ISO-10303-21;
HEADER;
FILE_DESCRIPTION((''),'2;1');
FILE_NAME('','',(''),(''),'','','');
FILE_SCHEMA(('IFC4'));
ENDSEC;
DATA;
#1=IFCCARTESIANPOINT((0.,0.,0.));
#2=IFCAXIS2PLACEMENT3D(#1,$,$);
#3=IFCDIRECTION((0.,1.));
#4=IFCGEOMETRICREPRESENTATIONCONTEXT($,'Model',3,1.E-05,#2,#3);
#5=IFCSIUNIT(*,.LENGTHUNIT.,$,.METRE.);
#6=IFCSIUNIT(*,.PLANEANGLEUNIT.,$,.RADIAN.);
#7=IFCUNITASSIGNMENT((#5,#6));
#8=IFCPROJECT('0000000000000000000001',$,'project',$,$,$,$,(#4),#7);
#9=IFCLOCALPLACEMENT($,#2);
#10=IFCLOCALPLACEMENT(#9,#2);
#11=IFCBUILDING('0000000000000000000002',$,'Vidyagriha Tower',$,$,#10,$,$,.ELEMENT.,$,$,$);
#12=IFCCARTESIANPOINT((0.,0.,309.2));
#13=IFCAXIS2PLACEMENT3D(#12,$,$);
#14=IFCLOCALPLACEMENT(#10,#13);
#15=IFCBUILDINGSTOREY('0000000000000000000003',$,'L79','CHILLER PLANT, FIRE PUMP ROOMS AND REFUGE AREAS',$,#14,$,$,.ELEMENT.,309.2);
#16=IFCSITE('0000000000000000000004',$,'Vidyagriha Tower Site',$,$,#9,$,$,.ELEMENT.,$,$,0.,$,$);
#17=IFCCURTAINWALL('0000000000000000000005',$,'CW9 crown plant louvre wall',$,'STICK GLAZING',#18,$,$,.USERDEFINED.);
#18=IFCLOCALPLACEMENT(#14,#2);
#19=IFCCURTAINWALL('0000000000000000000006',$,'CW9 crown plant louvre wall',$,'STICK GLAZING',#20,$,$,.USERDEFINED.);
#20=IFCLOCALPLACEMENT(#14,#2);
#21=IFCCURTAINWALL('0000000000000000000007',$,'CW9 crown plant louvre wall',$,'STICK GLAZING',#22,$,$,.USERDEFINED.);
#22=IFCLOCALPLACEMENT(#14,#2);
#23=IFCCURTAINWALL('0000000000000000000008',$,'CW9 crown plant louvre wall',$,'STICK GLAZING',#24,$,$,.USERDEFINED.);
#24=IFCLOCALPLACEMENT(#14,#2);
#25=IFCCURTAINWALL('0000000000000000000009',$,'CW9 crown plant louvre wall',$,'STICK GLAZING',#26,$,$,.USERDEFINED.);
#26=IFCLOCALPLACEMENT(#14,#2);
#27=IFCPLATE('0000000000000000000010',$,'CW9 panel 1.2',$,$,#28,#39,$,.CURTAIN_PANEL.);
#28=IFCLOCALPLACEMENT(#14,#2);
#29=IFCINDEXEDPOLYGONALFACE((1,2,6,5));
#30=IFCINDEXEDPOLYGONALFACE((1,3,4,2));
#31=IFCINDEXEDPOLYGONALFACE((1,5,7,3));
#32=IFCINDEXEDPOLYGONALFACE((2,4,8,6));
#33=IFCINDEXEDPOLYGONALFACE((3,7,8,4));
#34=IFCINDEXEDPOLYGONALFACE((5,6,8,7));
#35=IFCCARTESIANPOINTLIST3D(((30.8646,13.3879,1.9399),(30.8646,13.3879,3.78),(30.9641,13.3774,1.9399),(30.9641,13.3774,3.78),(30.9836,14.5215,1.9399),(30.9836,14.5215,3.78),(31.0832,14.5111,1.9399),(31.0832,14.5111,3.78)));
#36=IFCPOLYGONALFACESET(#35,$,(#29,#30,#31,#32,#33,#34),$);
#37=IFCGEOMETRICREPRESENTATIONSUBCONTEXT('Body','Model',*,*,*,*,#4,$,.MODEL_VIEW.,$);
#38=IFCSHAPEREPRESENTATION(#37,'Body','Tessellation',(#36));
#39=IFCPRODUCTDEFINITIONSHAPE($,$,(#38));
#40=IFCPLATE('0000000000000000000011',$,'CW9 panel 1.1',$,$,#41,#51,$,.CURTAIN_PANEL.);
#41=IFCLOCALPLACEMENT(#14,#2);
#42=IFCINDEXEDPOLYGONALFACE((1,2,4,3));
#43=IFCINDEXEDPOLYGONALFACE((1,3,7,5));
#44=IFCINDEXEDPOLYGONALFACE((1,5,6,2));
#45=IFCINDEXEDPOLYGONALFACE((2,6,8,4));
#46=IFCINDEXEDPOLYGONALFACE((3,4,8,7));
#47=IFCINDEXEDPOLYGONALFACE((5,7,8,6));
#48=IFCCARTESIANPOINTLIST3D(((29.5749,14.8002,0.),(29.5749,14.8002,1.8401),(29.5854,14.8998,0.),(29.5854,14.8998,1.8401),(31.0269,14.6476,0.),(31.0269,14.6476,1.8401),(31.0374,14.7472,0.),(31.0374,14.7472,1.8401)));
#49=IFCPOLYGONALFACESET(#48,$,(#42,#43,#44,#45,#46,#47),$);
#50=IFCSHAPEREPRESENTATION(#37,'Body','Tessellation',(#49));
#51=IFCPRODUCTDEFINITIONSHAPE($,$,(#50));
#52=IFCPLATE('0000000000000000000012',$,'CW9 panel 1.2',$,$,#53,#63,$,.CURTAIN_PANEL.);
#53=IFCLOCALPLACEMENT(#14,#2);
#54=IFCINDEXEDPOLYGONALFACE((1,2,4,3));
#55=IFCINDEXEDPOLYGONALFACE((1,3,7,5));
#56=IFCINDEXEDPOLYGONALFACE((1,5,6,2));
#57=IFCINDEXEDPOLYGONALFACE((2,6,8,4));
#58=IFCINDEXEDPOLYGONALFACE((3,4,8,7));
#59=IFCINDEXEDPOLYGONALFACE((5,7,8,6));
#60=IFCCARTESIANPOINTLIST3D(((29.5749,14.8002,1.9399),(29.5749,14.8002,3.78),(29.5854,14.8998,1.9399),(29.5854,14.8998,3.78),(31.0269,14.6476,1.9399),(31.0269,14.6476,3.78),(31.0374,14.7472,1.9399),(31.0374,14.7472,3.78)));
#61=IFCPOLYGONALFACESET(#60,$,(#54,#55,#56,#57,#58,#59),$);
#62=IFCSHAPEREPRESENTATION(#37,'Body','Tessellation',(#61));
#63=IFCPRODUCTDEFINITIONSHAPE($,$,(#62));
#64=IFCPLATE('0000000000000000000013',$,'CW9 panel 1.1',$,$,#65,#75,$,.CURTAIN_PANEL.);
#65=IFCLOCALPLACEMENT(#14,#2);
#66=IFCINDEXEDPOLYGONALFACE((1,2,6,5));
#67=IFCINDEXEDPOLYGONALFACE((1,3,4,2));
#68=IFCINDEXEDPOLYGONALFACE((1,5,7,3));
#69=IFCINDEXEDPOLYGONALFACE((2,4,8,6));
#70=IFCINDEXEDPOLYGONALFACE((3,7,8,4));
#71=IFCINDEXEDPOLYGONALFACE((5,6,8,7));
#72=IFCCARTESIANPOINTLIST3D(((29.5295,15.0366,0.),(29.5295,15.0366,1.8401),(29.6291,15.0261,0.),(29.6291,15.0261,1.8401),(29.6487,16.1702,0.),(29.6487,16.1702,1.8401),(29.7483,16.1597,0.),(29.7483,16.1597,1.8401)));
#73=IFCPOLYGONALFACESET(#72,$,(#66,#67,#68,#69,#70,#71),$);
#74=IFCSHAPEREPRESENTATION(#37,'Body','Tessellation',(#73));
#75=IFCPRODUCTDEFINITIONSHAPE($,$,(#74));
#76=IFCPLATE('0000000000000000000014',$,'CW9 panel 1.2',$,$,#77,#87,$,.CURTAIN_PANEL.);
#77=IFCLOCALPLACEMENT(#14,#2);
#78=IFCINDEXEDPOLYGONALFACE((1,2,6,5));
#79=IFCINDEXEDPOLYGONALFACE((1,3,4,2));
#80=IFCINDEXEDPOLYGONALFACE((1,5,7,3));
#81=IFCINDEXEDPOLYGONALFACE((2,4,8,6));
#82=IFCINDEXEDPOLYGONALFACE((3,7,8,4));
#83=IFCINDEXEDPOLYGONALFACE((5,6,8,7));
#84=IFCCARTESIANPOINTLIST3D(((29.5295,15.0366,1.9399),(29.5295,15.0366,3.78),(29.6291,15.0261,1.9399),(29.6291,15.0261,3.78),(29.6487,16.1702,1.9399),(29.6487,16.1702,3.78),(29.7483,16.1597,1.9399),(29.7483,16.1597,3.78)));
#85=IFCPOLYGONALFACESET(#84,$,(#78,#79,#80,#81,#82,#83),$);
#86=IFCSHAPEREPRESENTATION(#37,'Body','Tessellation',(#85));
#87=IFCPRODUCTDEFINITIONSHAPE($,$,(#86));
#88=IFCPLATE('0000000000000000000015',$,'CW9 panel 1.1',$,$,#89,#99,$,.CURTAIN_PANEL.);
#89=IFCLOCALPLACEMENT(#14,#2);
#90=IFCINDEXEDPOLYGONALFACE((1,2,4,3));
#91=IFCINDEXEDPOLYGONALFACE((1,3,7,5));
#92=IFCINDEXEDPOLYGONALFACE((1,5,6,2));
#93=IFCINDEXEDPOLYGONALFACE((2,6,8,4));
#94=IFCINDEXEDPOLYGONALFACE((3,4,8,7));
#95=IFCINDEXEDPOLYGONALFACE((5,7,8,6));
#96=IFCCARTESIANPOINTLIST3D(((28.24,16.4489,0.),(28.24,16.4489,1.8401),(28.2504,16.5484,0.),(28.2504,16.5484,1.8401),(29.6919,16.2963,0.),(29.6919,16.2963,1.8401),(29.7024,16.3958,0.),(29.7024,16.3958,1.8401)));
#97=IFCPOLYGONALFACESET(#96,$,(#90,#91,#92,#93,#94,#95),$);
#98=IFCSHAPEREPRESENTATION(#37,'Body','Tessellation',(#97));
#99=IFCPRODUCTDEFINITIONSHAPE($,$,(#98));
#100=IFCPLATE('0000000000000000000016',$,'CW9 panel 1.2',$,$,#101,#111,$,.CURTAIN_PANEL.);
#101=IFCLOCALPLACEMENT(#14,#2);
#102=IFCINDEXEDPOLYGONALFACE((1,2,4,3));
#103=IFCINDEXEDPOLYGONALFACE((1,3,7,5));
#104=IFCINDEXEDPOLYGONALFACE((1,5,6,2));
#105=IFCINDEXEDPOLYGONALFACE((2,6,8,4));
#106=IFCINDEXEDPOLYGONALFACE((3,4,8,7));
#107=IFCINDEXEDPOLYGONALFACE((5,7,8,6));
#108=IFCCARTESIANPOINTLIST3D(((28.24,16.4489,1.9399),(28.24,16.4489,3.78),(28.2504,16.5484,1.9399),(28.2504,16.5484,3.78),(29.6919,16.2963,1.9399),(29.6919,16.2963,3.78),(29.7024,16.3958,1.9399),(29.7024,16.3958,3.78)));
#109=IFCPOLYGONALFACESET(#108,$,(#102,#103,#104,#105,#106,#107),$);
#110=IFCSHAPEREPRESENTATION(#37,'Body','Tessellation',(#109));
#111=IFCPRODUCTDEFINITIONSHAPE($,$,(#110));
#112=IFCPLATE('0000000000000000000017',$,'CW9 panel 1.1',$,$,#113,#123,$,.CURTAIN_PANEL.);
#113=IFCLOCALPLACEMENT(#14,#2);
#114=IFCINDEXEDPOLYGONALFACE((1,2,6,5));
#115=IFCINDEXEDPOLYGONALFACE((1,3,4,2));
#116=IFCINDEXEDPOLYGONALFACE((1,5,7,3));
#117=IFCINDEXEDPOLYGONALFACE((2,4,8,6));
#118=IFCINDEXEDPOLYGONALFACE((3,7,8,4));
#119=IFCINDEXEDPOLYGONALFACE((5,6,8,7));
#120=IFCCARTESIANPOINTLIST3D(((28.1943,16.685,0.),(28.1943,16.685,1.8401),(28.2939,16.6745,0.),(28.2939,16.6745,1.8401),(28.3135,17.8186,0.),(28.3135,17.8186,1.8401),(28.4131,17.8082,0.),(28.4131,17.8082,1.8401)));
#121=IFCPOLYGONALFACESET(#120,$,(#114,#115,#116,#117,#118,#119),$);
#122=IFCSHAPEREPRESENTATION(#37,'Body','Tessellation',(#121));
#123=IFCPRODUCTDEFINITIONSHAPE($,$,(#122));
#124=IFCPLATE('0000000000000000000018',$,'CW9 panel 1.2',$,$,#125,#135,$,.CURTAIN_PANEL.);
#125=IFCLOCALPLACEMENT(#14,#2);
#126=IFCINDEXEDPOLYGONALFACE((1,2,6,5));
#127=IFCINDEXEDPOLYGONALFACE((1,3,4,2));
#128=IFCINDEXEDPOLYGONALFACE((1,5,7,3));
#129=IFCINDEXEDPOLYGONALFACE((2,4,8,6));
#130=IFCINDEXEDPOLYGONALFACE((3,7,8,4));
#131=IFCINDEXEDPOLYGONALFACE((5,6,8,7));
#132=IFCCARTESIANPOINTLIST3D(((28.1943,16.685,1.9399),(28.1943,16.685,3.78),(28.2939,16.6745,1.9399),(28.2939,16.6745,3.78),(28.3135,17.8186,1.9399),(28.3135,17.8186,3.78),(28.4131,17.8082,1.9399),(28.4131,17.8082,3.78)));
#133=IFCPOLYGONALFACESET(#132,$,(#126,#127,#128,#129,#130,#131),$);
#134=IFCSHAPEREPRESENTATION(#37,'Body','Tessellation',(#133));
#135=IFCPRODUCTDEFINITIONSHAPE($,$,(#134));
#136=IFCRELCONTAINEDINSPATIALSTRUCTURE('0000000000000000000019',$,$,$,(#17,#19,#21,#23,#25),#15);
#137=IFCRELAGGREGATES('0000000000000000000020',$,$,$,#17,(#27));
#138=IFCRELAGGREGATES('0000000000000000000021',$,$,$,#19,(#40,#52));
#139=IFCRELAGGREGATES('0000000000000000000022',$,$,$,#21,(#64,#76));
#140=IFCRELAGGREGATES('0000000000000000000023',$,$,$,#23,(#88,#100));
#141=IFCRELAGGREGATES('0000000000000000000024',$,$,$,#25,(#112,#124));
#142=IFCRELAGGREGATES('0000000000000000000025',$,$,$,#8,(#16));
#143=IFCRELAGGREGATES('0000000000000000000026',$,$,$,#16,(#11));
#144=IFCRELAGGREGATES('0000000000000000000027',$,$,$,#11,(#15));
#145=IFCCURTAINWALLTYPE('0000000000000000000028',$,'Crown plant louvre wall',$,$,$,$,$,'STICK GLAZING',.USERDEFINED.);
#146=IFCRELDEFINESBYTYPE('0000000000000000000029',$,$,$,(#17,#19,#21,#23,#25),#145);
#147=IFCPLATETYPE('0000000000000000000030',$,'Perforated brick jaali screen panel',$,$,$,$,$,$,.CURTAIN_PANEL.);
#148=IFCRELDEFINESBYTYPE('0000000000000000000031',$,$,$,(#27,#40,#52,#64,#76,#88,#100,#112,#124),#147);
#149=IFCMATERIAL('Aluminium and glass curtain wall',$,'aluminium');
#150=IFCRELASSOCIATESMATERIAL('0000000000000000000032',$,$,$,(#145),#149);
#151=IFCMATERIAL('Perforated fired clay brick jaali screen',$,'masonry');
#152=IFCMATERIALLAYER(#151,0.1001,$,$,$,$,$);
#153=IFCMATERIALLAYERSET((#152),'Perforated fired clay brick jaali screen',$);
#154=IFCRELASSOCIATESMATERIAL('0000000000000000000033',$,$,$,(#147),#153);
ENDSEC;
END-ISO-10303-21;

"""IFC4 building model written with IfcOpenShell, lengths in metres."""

from ifc_helpers import new_model, si_unit, direction, frame, origin, origin_2d, place, context, subcontext, project, spatial, rectangle, extrude, material, layer, layer_set, type_object, element, aggregate, save


model = new_model("IFC4")

# Units and contexts
model_context = context("Model", 3, precision=1e-05, world=origin(), true_north=direction((0.0, 1.0)))
body_context = subcontext(model_context, "Body", "Model", "MODEL_VIEW")
ifc_project = project(units=[si_unit("LENGTHUNIT", "METRE"), si_unit("PLANEANGLEUNIT", "RADIAN")], contexts=[model_context])

# Site, building, storey
site_placement = place(None, origin())
site = spatial("IfcSite", under=ifc_project, at=site_placement, Name="Vidyagriha Tower Site", CompositionType="ELEMENT", RefElevation=0.0)
building_placement = place(site_placement, origin())
building = spatial("IfcBuilding", under=site, at=building_placement, Name="Vidyagriha Tower", CompositionType="ELEMENT")
storey_placement = place(building_placement, frame((0.0, 0.0, 309.2)))
storey = spatial("IfcBuildingStorey", under=building, at=storey_placement, Name="L79", Description="CHILLER PLANT, FIRE PUMP ROOMS AND REFUGE AREAS", CompositionType="ELEMENT", Elevation=309.2)

# Curtain wall
ifc_material_1 = material(Name="Aluminium and glass curtain wall", Category="aluminium")
curtain_wall_type = type_object("IfcCurtainWallType", Name="Crown plant louvre wall", ElementType="STICK GLAZING", PredefinedType="USERDEFINED", material=ifc_material_1)
curtain_wall_1_placement = place(storey_placement, origin())
curtain_wall_1 = element("IfcCurtainWall", 1, at=curtain_wall_1_placement, inside=storey, type_object=curtain_wall_type, Name="CW9 crown plant louvre wall", ObjectType="STICK GLAZING", PredefinedType="USERDEFINED")

# Curtain walls
curtain_wall_2_placement = place(storey_placement, origin())
curtain_wall_2 = element("IfcCurtainWall", 2, at=curtain_wall_2_placement, inside=storey, type_object=curtain_wall_type, Name="CW9 crown plant louvre wall", ObjectType="STICK GLAZING", PredefinedType="USERDEFINED")
curtain_wall_3_placement = place(storey_placement, origin())
curtain_wall_3 = element("IfcCurtainWall", 3, at=curtain_wall_3_placement, inside=storey, type_object=curtain_wall_type, Name="CW9 crown plant louvre wall", ObjectType="STICK GLAZING", PredefinedType="USERDEFINED")

# Curtain walls
curtain_wall_4_placement = place(storey_placement, origin())
curtain_wall_4 = element("IfcCurtainWall", 4, at=curtain_wall_4_placement, inside=storey, type_object=curtain_wall_type, Name="CW9 crown plant louvre wall", ObjectType="STICK GLAZING", PredefinedType="USERDEFINED")
curtain_wall_5_placement = place(storey_placement, origin())
curtain_wall_5 = element("IfcCurtainWall", 5, at=curtain_wall_5_placement, inside=storey, type_object=curtain_wall_type, Name="CW9 crown plant louvre wall", ObjectType="STICK GLAZING", PredefinedType="USERDEFINED")

# Plates
ifc_material_2 = material(Name="Perforated fired clay brick jaali screen", Category="masonry")
ifc_layer = layer(ifc_material_2, 0.1001)
ifc_layer_set = layer_set([ifc_layer], Name="Perforated fired clay brick jaali screen")
plate_type = type_object("IfcPlateType", Name="Perforated brick jaali screen panel", PredefinedType="CURTAIN_PANEL", material=ifc_layer_set)
plate_1_placement = place(storey_placement, frame((30.9739, 13.9495, 1.9399), z_axis=(0.0, 0.0, 1.0), x_axis=(0.104475, 0.994528, 0.0)))
plate_1 = element("IfcPlate", 6, at=plate_1_placement, type_object=plate_type, Name="CW9 panel 1.2", PredefinedType="CURTAIN_PANEL", context=body_context, shape_type="SweptSolid", body=[
    extrude(rectangle(XDim=1.1399, YDim=0.1001, at=origin_2d()), origin(), (0.0, 0.0, 1.0), 1.8401),
])
aggregate(curtain_wall_1, [plate_1])
plate_2_placement = place(storey_placement, frame((30.3062, 14.7737, 0.0), z_axis=(0.0, 0.0, 1.0), x_axis=(-0.994523, 0.104519, 0.0)))
plate_2 = element("IfcPlate", 7, at=plate_2_placement, type_object=plate_type, Name="CW9 panel 1.1", PredefinedType="CURTAIN_PANEL", context=body_context, shape_type="SweptSolid", body=[
    extrude(rectangle(XDim=1.46, YDim=0.1001, at=origin_2d()), origin(), (0.0, 0.0, 1.0), 1.8401),
])
plate_3_placement = place(storey_placement, frame((30.3062, 14.7737, 1.9399), z_axis=(0.0, 0.0, 1.0), x_axis=(-0.994523, 0.104519, 0.0)))
plate_3 = element("IfcPlate", 8, at=plate_3_placement, type_object=plate_type, Name="CW9 panel 1.2", PredefinedType="CURTAIN_PANEL", context=body_context, shape_type="SweptSolid", body=[
    extrude(rectangle(XDim=1.46, YDim=0.1001, at=origin_2d()), origin(), (0.0, 0.0, 1.0), 1.8401),
])
aggregate(curtain_wall_2, [plate_2, plate_3])
plate_4_placement = place(storey_placement, frame((29.6389, 15.5981, 0.0), z_axis=(0.0, 0.0, 1.0), x_axis=(0.104557, 0.994519, 0.0)))
plate_4 = element("IfcPlate", 9, at=plate_4_placement, type_object=plate_type, Name="CW9 panel 1.1", PredefinedType="CURTAIN_PANEL", context=body_context, shape_type="SweptSolid", body=[
    extrude(rectangle(XDim=1.1399, YDim=0.1001, at=origin_2d()), origin(), (0.0, 0.0, 1.0), 1.8401),
])
plate_5_placement = place(storey_placement, frame((29.6389, 15.5981, 1.9399), z_axis=(0.0, 0.0, 1.0), x_axis=(0.104557, 0.994519, 0.0)))
plate_5 = element("IfcPlate", 10, at=plate_5_placement, type_object=plate_type, Name="CW9 panel 1.2", PredefinedType="CURTAIN_PANEL", context=body_context, shape_type="SweptSolid", body=[
    extrude(rectangle(XDim=1.1399, YDim=0.1001, at=origin_2d()), origin(), (0.0, 0.0, 1.0), 1.8401),
])
aggregate(curtain_wall_3, [plate_4, plate_5])
plate_6_placement = place(storey_placement, frame((28.9712, 16.4224, 0.0), z_axis=(0.0, 0.0, 1.0), x_axis=(-0.994523, 0.104519, 0.0)))
plate_6 = element("IfcPlate", 11, at=plate_6_placement, type_object=plate_type, Name="CW9 panel 1.1", PredefinedType="CURTAIN_PANEL", context=body_context, shape_type="SweptSolid", body=[
    extrude(rectangle(XDim=1.46, YDim=0.1001, at=origin_2d()), origin(), (0.0, 0.0, 1.0), 1.8401),
])
plate_7_placement = place(storey_placement, frame((28.9712, 16.4224, 1.9399), z_axis=(0.0, 0.0, 1.0), x_axis=(-0.994523, 0.104519, 0.0)))
plate_7 = element("IfcPlate", 12, at=plate_7_placement, type_object=plate_type, Name="CW9 panel 1.2", PredefinedType="CURTAIN_PANEL", context=body_context, shape_type="SweptSolid", body=[
    extrude(rectangle(XDim=1.46, YDim=0.1001, at=origin_2d()), origin(), (0.0, 0.0, 1.0), 1.8401),
])
aggregate(curtain_wall_4, [plate_6, plate_7])
plate_8_placement = place(storey_placement, frame((28.3037, 17.2466, 0.0), z_axis=(0.0, 0.0, 1.0), x_axis=(0.104557, 0.994519, 0.0)))
plate_8 = element("IfcPlate", 13, at=plate_8_placement, type_object=plate_type, Name="CW9 panel 1.1", PredefinedType="CURTAIN_PANEL", context=body_context, shape_type="SweptSolid", body=[
    extrude(rectangle(XDim=1.1399, YDim=0.1001, at=origin_2d()), origin(), (0.0, 0.0, 1.0), 1.8401),
])
plate_9_placement = place(storey_placement, frame((28.3037, 17.2466, 1.9399), z_axis=(0.0, 0.0, 1.0), x_axis=(0.104557, 0.994519, 0.0)))
plate_9 = element("IfcPlate", 14, at=plate_9_placement, type_object=plate_type, Name="CW9 panel 1.2", PredefinedType="CURTAIN_PANEL", context=body_context, shape_type="SweptSolid", body=[
    extrude(rectangle(XDim=1.1399, YDim=0.1001, at=origin_2d()), origin(), (0.0, 0.0, 1.0), 1.8401),
])
aggregate(curtain_wall_5, [plate_8, plate_9])

save(model, "model.ifc")
